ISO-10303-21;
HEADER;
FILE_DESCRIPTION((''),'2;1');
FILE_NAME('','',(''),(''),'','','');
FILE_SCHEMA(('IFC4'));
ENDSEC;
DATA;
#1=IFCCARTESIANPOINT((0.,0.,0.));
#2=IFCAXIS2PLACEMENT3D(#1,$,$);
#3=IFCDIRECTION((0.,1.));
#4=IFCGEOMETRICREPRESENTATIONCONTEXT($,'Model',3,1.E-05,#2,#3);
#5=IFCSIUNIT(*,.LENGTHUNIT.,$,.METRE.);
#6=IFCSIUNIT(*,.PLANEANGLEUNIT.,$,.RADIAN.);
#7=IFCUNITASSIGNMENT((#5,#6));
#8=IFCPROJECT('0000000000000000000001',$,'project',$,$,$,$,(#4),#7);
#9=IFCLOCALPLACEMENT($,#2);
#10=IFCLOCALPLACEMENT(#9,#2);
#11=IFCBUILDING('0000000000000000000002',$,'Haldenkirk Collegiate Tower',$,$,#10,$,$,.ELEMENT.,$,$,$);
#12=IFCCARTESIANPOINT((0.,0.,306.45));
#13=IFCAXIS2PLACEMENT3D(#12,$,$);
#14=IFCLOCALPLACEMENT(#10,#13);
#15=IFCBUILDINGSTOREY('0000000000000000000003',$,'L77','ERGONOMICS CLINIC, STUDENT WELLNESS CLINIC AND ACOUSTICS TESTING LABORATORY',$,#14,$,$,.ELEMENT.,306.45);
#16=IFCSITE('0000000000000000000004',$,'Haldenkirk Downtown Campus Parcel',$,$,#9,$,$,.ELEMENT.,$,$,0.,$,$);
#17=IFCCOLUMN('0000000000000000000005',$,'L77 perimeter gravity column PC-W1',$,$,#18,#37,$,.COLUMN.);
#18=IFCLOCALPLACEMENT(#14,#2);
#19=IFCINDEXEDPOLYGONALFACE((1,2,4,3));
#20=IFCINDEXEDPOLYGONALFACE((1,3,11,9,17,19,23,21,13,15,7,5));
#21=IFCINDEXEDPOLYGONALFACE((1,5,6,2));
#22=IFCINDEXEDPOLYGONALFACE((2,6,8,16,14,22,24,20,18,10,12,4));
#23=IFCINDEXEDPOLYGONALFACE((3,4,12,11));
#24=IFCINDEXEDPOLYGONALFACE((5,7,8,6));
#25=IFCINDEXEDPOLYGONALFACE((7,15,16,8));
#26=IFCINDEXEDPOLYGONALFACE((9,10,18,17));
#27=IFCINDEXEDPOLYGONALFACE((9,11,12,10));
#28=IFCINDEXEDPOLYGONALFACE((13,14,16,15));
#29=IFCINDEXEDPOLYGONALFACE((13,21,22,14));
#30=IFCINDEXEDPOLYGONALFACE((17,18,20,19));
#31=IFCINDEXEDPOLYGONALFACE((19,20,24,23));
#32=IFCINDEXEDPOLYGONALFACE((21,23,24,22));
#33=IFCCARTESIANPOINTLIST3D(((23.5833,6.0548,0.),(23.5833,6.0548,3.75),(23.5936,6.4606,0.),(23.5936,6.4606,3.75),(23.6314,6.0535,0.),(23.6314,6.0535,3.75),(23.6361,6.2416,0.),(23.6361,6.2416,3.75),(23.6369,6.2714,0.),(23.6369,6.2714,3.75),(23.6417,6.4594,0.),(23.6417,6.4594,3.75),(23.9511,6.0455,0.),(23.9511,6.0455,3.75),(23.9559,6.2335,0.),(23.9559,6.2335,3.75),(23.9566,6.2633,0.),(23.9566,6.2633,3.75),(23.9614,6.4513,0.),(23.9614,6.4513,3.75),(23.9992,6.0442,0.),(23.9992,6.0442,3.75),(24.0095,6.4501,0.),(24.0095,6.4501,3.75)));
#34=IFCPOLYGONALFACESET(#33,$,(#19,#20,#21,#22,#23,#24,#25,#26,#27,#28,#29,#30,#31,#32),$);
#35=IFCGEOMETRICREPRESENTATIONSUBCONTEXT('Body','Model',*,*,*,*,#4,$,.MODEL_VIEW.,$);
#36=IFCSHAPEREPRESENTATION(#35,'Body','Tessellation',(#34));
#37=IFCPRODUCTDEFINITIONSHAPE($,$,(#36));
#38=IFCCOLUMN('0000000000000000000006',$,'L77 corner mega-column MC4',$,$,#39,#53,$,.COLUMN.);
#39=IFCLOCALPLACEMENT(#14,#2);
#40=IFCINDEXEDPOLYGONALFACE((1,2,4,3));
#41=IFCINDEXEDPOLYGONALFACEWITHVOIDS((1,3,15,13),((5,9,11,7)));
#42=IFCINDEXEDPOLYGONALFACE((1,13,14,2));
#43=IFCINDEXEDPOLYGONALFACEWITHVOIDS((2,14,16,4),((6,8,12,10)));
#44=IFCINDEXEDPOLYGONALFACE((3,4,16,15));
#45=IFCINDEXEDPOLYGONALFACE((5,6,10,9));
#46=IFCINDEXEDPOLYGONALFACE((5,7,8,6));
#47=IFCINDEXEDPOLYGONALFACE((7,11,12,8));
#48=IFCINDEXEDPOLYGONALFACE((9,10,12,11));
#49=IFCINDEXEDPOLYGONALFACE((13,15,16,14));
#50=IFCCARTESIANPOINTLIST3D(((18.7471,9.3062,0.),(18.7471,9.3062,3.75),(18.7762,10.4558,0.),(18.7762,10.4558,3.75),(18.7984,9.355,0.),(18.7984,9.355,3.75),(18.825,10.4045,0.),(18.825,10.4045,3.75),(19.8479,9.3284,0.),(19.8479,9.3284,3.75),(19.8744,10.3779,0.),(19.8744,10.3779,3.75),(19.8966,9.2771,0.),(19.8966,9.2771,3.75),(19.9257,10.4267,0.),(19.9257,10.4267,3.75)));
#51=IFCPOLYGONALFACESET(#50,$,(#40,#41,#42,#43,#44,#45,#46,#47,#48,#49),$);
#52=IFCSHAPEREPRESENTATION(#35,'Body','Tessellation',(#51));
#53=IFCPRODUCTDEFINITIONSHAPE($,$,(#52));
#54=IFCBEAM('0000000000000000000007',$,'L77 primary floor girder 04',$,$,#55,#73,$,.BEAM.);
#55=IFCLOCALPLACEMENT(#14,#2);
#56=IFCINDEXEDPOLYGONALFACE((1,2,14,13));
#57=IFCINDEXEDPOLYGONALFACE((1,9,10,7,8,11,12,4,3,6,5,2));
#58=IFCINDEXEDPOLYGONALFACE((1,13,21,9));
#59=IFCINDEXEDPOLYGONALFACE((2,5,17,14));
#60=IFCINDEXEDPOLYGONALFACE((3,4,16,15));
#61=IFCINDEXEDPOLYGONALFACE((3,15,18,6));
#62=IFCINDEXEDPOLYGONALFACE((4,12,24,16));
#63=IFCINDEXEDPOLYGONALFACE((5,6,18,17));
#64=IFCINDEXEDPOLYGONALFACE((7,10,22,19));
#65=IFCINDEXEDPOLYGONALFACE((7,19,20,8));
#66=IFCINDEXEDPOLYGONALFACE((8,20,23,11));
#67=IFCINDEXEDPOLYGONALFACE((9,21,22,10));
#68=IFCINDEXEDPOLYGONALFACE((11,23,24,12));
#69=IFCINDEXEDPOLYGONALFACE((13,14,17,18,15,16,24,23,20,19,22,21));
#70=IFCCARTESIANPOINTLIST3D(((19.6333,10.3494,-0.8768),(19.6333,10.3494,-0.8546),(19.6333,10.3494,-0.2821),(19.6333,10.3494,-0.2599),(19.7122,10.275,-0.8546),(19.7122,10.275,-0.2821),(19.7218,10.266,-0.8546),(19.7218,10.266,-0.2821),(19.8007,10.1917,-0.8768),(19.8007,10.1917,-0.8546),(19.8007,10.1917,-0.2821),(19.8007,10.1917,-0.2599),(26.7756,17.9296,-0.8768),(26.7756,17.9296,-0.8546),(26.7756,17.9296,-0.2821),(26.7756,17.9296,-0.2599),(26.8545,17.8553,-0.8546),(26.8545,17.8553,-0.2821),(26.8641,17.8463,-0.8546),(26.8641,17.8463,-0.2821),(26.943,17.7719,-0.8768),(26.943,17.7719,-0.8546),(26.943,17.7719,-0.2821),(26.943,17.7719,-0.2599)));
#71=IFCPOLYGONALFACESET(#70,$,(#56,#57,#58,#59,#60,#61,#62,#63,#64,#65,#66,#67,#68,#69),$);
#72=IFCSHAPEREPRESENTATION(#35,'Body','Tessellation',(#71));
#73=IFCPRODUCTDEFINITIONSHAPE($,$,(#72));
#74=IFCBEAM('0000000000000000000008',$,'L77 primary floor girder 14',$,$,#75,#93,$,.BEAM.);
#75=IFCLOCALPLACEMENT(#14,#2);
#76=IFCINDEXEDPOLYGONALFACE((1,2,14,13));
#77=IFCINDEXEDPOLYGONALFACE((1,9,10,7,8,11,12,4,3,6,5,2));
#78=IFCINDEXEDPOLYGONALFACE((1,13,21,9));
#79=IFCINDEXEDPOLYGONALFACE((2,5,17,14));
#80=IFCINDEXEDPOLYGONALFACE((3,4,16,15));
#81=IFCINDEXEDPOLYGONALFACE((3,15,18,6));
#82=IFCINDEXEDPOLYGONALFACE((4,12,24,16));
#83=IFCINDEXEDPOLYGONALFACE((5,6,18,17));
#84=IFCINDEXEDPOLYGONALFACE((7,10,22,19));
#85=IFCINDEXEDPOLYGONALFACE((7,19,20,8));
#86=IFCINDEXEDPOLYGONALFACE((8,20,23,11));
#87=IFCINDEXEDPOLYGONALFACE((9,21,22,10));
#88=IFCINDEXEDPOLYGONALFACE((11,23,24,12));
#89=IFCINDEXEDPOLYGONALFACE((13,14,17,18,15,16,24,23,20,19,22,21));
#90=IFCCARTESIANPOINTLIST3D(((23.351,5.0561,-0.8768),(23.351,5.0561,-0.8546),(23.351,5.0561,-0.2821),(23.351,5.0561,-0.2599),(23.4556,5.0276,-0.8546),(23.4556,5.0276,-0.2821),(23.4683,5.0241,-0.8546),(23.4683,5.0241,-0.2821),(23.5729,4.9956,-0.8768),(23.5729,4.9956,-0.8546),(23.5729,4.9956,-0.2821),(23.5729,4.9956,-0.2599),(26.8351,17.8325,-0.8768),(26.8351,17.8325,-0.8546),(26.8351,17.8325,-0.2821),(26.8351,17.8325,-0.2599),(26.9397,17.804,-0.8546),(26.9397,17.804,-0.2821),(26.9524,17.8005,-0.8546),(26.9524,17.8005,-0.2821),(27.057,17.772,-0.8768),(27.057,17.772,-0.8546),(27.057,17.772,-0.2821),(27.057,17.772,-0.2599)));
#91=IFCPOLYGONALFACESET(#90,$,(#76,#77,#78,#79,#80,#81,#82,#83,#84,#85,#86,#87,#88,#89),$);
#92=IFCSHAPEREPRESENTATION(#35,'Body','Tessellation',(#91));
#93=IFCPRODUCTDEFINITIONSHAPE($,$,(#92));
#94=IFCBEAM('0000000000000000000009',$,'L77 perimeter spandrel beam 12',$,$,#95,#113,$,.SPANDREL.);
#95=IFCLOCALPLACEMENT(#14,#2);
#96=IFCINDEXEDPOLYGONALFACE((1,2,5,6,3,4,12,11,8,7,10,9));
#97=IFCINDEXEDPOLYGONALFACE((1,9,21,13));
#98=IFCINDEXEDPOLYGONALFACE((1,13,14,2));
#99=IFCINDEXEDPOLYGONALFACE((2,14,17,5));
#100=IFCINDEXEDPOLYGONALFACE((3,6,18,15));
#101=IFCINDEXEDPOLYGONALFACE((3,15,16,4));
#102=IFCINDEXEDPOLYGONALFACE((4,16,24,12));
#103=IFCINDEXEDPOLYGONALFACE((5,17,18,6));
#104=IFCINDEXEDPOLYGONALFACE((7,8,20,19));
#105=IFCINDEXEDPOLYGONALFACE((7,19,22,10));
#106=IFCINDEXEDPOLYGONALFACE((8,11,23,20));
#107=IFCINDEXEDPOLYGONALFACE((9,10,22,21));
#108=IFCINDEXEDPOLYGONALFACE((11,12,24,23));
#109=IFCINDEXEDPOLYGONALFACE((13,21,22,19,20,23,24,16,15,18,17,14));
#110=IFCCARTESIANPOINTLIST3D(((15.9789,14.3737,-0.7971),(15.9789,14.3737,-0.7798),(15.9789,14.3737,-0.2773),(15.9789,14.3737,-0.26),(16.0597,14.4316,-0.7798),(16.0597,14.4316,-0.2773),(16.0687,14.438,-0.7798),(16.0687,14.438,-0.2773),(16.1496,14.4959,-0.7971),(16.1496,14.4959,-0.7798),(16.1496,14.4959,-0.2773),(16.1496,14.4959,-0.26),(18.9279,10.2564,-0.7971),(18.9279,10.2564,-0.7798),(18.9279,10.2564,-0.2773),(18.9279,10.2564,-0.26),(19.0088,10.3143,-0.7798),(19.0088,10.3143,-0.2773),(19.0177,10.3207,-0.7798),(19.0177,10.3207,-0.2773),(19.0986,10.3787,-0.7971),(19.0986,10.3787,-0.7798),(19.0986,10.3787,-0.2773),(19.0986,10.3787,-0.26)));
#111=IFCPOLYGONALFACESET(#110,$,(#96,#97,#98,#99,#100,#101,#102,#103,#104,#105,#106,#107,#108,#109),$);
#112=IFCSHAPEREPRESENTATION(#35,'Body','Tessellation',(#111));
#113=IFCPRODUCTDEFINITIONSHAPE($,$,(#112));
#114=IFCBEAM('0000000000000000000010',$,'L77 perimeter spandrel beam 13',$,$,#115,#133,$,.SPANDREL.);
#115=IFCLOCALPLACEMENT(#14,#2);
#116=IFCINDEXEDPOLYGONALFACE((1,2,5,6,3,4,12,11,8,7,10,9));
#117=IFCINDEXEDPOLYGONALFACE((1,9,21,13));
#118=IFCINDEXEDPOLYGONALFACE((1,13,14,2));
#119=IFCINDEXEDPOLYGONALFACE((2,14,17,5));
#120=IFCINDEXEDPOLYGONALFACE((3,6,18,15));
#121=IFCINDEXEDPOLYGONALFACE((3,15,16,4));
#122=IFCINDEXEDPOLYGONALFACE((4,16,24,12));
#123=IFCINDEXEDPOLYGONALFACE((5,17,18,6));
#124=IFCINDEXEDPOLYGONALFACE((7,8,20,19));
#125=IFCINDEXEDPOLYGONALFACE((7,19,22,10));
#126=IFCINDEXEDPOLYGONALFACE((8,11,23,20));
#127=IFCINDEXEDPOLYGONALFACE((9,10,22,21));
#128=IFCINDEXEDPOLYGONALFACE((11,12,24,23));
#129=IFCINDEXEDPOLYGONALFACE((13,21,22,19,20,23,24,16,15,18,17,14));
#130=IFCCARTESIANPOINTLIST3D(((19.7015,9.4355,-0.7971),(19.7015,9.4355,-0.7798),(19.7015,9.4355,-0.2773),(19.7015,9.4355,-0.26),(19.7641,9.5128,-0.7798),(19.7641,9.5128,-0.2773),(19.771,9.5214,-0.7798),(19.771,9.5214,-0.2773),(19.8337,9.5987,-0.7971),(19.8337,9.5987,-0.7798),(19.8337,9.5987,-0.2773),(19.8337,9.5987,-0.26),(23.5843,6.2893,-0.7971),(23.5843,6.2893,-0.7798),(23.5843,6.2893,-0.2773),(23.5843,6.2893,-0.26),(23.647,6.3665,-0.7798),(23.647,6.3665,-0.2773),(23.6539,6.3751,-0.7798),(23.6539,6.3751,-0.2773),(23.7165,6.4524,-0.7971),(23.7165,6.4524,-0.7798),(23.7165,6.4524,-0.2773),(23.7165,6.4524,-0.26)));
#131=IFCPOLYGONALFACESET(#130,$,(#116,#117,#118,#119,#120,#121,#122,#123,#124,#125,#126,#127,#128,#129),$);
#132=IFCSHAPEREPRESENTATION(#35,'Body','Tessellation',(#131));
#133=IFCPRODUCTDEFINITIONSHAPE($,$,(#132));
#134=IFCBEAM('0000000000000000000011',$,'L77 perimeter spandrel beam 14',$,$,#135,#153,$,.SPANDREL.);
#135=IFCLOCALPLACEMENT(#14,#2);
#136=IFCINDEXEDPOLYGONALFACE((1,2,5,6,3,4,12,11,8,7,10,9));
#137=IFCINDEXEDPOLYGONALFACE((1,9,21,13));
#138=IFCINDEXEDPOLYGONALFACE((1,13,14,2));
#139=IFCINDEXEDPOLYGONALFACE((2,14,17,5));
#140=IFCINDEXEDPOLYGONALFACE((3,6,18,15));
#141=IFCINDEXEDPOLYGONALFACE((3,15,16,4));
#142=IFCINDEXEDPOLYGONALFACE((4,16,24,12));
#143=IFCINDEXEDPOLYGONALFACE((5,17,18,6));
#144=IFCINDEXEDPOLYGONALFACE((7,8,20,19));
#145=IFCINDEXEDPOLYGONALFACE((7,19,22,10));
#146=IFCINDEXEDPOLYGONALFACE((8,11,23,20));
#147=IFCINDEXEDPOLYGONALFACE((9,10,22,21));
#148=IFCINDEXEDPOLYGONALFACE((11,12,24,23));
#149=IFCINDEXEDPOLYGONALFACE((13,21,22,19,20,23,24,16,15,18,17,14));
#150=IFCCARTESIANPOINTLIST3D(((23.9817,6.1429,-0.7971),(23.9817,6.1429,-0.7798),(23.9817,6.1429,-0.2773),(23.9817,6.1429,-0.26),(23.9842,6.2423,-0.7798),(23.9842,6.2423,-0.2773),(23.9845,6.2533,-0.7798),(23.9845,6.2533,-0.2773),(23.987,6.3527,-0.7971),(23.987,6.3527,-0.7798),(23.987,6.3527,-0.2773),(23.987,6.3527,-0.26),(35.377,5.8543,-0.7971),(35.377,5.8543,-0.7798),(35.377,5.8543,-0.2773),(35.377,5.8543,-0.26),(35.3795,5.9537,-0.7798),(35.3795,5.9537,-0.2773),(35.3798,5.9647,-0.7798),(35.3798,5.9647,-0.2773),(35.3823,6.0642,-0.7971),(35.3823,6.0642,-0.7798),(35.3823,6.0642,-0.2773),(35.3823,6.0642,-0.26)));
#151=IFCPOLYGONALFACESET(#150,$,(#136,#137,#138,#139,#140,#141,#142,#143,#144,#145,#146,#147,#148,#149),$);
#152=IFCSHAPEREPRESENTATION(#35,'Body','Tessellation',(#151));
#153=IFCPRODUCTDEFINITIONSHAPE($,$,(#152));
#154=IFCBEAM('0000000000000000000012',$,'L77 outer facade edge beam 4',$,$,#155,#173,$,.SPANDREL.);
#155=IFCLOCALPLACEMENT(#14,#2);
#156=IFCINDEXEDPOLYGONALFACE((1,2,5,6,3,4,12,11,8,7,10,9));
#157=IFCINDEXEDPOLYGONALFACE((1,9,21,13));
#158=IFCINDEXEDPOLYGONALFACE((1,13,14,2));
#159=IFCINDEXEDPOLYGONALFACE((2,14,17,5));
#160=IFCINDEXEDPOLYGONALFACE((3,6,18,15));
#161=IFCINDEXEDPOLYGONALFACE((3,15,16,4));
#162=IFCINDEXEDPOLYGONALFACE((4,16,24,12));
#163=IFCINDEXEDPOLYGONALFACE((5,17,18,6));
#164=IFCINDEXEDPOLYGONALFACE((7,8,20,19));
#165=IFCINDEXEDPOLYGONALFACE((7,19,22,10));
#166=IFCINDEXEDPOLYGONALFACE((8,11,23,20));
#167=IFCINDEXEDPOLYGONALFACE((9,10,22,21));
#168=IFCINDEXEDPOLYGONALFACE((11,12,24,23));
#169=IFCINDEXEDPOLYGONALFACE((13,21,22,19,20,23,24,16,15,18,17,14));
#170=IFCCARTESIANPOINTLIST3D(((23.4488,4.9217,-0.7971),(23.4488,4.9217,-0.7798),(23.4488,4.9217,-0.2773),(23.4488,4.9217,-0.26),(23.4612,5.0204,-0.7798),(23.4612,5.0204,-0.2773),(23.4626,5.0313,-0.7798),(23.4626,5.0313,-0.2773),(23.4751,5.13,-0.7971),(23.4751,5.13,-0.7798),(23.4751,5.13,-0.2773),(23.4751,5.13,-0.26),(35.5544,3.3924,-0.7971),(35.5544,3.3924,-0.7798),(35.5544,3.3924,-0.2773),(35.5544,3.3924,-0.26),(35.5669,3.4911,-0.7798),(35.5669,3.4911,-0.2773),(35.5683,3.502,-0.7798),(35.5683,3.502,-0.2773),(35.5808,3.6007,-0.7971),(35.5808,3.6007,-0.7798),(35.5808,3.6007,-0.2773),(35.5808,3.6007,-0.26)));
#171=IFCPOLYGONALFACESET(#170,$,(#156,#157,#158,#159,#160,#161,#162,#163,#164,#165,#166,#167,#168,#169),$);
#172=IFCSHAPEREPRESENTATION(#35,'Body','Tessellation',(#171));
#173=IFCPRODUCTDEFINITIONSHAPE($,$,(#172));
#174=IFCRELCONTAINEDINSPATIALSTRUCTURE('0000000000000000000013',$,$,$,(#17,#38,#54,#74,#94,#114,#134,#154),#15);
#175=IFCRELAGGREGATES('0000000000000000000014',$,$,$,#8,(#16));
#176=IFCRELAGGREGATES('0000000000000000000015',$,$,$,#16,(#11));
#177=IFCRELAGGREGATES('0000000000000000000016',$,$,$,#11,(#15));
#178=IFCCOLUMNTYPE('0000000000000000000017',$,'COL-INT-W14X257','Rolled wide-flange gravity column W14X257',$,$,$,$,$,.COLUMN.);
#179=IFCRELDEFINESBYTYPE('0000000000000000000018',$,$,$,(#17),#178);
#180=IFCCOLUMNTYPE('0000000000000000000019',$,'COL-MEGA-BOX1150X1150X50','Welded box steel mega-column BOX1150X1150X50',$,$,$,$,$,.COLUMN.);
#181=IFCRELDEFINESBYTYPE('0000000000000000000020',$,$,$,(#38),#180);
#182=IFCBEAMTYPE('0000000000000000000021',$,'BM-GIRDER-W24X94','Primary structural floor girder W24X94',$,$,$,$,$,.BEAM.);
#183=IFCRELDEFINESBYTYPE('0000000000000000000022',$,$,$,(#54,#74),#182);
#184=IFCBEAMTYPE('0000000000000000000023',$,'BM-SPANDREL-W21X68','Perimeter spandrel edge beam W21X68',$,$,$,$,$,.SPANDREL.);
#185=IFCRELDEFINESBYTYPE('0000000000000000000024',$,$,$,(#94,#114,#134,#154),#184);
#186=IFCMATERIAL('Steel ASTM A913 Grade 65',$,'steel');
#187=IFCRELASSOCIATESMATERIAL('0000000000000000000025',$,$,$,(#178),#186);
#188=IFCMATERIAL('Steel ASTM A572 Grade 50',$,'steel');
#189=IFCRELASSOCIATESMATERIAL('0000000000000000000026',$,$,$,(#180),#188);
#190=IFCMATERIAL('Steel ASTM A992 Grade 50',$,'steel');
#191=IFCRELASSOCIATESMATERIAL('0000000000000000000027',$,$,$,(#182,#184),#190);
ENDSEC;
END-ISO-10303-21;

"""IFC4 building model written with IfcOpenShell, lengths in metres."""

from ifc_helpers import new_model, si_unit, direction, frame, origin, origin_2d, place, context, subcontext, project, spatial, hollow_rectangle, i_section, extrude, material, material_profile, profile_set, type_object, element, save


model = new_model("IFC4")

# Units and contexts
model_context = context("Model", 3, precision=1e-05, world=origin(), true_north=direction((0.0, 1.0)))
body_context = subcontext(model_context, "Body", "Model", "MODEL_VIEW")
ifc_project = project(units=[si_unit("LENGTHUNIT", "METRE"), si_unit("PLANEANGLEUNIT", "RADIAN")], contexts=[model_context])

# Site, building, storey
site_placement = place(None, origin())
site = spatial("IfcSite", under=ifc_project, at=site_placement, Name="Haldenkirk Downtown Campus Parcel", CompositionType="ELEMENT", RefElevation=0.0)
building_placement = place(site_placement, origin())
building = spatial("IfcBuilding", under=site, at=building_placement, Name="Haldenkirk Collegiate Tower", CompositionType="ELEMENT")
storey_placement = place(building_placement, frame((0.0, 0.0, 306.45)))
storey = spatial("IfcBuildingStorey", under=building, at=storey_placement, Name="L77", Description="ERGONOMICS CLINIC, STUDENT WELLNESS CLINIC AND ACOUSTICS TESTING LABORATORY", CompositionType="ELEMENT", Elevation=306.45)

# Columns
ifc_material_1 = material(Name="Steel ASTM A913 Grade 65", Category="steel")
ifc_material_profile_1 = material_profile(ifc_material_1, i_section(OverallWidth=0.406, OverallDepth=0.416, WebThickness=0.0298, FlangeThickness=0.0481, at=origin_2d()), Name="W14X257")
ifc_profile_set_1 = profile_set([ifc_material_profile_1], Name="Steel ASTM A913 Grade 65")
column_type_1 = type_object("IfcColumnType", Name="COL-INT-W14X257", Description="Rolled wide-flange gravity column W14X257", PredefinedType="COLUMN", material=ifc_profile_set_1)
column_1_placement = place(storey_placement, frame((23.7964, 6.2524, 0.0), z_axis=(0.0, 0.0, 1.0), x_axis=(0.025305, 0.99968, 0.0)))
element("IfcColumn", 1, at=column_1_placement, inside=storey, type_object=column_type_1, Name="L77 perimeter gravity column PC-W1", PredefinedType="COLUMN", context=body_context, shape_type="SweptSolid", body=[
    extrude(i_section(OverallWidth=0.406, OverallDepth=0.416, WebThickness=0.0298, FlangeThickness=0.0481, at=origin_2d()), origin(), (0.0, 0.0, 1.0), 3.75),
])
ifc_material_2 = material(Name="Steel ASTM A572 Grade 50", Category="steel")
ifc_material_profile_2 = material_profile(ifc_material_2, hollow_rectangle(XDim=1.1499, YDim=1.1499, WallThickness=0.05, at=origin_2d()), Name="BOX1150X1150X50")
ifc_profile_set_2 = profile_set([ifc_material_profile_2], Name="Steel ASTM A572 Grade 50")
column_type_2 = type_object("IfcColumnType", Name="COL-MEGA-BOX1150X1150X50", Description="Welded box steel mega-column BOX1150X1150X50", PredefinedType="COLUMN", material=ifc_profile_set_2)
column_2_placement = place(storey_placement, frame((19.3364, 9.8665, 0.0), z_axis=(0.0, 0.0, 1.0), x_axis=(0.025305, 0.99968, 0.0)))
element("IfcColumn", 2, at=column_2_placement, inside=storey, type_object=column_type_2, Name="L77 corner mega-column MC4", PredefinedType="COLUMN", context=body_context, shape_type="SweptSolid", body=[
    extrude(hollow_rectangle(XDim=1.1499, YDim=1.1499, WallThickness=0.05, at=origin_2d()), origin(), (0.0, 0.0, 1.0), 3.75),
])

# Beams
ifc_material_3 = material(Name="Steel ASTM A992 Grade 50", Category="steel")
ifc_material_profile_3 = material_profile(ifc_material_3, i_section(OverallWidth=0.23, OverallDepth=0.6169, WebThickness=0.0132, FlangeThickness=0.0222, at=origin_2d()), Name="W24X94")
ifc_profile_set_3 = profile_set([ifc_material_profile_3], Name="Steel ASTM A992 Grade 50")
beam_type_1 = type_object("IfcBeamType", Name="BM-GIRDER-W24X94", Description="Primary structural floor girder W24X94", PredefinedType="BEAM", material=ifc_profile_set_3)
beam_1_placement = place(storey_placement, frame((19.717, 10.2705, -0.5684), z_axis=(0.685767, 0.727821, 0.0), x_axis=(-0.727821, 0.685767, 0.0)))
element("IfcBeam", 3, at=beam_1_placement, inside=storey, type_object=beam_type_1, Name="L77 primary floor girder 04", PredefinedType="BEAM", context=body_context, shape_type="SweptSolid", body=[
    extrude(i_section(OverallWidth=0.23, OverallDepth=0.6169, WebThickness=0.0132, FlangeThickness=0.0222, at=origin_2d()), origin(), (0.0, 0.0, 1.0), 10.415),
])
beam_2_placement = place(storey_placement, frame((23.4619, 5.0259, -0.5684), z_axis=(0.263094, 0.96477, 0.0), x_axis=(-0.96477, 0.263094, 0.0)))
element("IfcBeam", 4, at=beam_2_placement, inside=storey, type_object=beam_type_1, Name="L77 primary floor girder 14", PredefinedType="BEAM", context=body_context, shape_type="SweptSolid", body=[
    extrude(i_section(OverallWidth=0.23, OverallDepth=0.6169, WebThickness=0.0132, FlangeThickness=0.0222, at=origin_2d()), origin(), (0.0, 0.0, 1.0), 13.2429),
])
ifc_material_profile_4 = material_profile(ifc_material_3, i_section(OverallWidth=0.21, OverallDepth=0.5371, WebThickness=0.011, FlangeThickness=0.0173, at=origin_2d()), Name="W21X68")
ifc_profile_set_4 = profile_set([ifc_material_profile_4], Name="Steel ASTM A992 Grade 50")
beam_type_2 = type_object("IfcBeamType", Name="BM-SPANDREL-W21X68", Description="Perimeter spandrel edge beam W21X68", PredefinedType="SPANDREL", material=ifc_profile_set_4)
beam_3_placement = place(storey_placement, frame((16.0642, 14.4348, -0.5286), z_axis=(0.5823, -0.812974, 0.0), x_axis=(0.812974, 0.5823, 0.0)))
element("IfcBeam", 5, at=beam_3_placement, inside=storey, type_object=beam_type_2, Name="L77 perimeter spandrel beam 12", PredefinedType="SPANDREL", context=body_context, shape_type="SweptSolid", body=[
    extrude(i_section(OverallWidth=0.21, OverallDepth=0.5371, WebThickness=0.011, FlangeThickness=0.0173, at=origin_2d()), origin(), (0.0, 0.0, 1.0), 5.0645),
])
beam_4_placement = place(storey_placement, frame((19.7676, 9.5171, -0.5286), z_axis=(0.77695, -0.629562, 0.0), x_axis=(0.629562, 0.77695, 0.0)))
element("IfcBeam", 6, at=beam_4_placement, inside=storey, type_object=beam_type_2, Name="L77 perimeter spandrel beam 13", PredefinedType="SPANDREL", context=body_context, shape_type="SweptSolid", body=[
    extrude(i_section(OverallWidth=0.21, OverallDepth=0.5371, WebThickness=0.011, FlangeThickness=0.0173, at=origin_2d()), origin(), (0.0, 0.0, 1.0), 4.9976),
])
beam_5_placement = place(storey_placement, frame((23.9844, 6.2478, -0.5286), z_axis=(0.99968, -0.025316, 0.0), x_axis=(0.025316, 0.99968, 0.0)))
element("IfcBeam", 7, at=beam_5_placement, inside=storey, type_object=beam_type_2, Name="L77 perimeter spandrel beam 14", PredefinedType="SPANDREL", context=body_context, shape_type="SweptSolid", body=[
    extrude(i_section(OverallWidth=0.21, OverallDepth=0.5371, WebThickness=0.011, FlangeThickness=0.0173, at=origin_2d()), origin(), (0.0, 0.0, 1.0), 11.3989),
])
beam_6_placement = place(storey_placement, frame((23.4619, 5.0259, -0.5286), z_axis=(0.992115, -0.125332, 0.0), x_axis=(0.125332, 0.992115, 0.0)))
element("IfcBeam", 8, at=beam_6_placement, inside=storey, type_object=beam_type_2, Name="L77 outer facade edge beam 4", PredefinedType="SPANDREL", context=body_context, shape_type="SweptSolid", body=[
    extrude(i_section(OverallWidth=0.21, OverallDepth=0.5371, WebThickness=0.011, FlangeThickness=0.0173, at=origin_2d()), origin(), (0.0, 0.0, 1.0), 12.2019),
])

save(model, "model.ifc")
